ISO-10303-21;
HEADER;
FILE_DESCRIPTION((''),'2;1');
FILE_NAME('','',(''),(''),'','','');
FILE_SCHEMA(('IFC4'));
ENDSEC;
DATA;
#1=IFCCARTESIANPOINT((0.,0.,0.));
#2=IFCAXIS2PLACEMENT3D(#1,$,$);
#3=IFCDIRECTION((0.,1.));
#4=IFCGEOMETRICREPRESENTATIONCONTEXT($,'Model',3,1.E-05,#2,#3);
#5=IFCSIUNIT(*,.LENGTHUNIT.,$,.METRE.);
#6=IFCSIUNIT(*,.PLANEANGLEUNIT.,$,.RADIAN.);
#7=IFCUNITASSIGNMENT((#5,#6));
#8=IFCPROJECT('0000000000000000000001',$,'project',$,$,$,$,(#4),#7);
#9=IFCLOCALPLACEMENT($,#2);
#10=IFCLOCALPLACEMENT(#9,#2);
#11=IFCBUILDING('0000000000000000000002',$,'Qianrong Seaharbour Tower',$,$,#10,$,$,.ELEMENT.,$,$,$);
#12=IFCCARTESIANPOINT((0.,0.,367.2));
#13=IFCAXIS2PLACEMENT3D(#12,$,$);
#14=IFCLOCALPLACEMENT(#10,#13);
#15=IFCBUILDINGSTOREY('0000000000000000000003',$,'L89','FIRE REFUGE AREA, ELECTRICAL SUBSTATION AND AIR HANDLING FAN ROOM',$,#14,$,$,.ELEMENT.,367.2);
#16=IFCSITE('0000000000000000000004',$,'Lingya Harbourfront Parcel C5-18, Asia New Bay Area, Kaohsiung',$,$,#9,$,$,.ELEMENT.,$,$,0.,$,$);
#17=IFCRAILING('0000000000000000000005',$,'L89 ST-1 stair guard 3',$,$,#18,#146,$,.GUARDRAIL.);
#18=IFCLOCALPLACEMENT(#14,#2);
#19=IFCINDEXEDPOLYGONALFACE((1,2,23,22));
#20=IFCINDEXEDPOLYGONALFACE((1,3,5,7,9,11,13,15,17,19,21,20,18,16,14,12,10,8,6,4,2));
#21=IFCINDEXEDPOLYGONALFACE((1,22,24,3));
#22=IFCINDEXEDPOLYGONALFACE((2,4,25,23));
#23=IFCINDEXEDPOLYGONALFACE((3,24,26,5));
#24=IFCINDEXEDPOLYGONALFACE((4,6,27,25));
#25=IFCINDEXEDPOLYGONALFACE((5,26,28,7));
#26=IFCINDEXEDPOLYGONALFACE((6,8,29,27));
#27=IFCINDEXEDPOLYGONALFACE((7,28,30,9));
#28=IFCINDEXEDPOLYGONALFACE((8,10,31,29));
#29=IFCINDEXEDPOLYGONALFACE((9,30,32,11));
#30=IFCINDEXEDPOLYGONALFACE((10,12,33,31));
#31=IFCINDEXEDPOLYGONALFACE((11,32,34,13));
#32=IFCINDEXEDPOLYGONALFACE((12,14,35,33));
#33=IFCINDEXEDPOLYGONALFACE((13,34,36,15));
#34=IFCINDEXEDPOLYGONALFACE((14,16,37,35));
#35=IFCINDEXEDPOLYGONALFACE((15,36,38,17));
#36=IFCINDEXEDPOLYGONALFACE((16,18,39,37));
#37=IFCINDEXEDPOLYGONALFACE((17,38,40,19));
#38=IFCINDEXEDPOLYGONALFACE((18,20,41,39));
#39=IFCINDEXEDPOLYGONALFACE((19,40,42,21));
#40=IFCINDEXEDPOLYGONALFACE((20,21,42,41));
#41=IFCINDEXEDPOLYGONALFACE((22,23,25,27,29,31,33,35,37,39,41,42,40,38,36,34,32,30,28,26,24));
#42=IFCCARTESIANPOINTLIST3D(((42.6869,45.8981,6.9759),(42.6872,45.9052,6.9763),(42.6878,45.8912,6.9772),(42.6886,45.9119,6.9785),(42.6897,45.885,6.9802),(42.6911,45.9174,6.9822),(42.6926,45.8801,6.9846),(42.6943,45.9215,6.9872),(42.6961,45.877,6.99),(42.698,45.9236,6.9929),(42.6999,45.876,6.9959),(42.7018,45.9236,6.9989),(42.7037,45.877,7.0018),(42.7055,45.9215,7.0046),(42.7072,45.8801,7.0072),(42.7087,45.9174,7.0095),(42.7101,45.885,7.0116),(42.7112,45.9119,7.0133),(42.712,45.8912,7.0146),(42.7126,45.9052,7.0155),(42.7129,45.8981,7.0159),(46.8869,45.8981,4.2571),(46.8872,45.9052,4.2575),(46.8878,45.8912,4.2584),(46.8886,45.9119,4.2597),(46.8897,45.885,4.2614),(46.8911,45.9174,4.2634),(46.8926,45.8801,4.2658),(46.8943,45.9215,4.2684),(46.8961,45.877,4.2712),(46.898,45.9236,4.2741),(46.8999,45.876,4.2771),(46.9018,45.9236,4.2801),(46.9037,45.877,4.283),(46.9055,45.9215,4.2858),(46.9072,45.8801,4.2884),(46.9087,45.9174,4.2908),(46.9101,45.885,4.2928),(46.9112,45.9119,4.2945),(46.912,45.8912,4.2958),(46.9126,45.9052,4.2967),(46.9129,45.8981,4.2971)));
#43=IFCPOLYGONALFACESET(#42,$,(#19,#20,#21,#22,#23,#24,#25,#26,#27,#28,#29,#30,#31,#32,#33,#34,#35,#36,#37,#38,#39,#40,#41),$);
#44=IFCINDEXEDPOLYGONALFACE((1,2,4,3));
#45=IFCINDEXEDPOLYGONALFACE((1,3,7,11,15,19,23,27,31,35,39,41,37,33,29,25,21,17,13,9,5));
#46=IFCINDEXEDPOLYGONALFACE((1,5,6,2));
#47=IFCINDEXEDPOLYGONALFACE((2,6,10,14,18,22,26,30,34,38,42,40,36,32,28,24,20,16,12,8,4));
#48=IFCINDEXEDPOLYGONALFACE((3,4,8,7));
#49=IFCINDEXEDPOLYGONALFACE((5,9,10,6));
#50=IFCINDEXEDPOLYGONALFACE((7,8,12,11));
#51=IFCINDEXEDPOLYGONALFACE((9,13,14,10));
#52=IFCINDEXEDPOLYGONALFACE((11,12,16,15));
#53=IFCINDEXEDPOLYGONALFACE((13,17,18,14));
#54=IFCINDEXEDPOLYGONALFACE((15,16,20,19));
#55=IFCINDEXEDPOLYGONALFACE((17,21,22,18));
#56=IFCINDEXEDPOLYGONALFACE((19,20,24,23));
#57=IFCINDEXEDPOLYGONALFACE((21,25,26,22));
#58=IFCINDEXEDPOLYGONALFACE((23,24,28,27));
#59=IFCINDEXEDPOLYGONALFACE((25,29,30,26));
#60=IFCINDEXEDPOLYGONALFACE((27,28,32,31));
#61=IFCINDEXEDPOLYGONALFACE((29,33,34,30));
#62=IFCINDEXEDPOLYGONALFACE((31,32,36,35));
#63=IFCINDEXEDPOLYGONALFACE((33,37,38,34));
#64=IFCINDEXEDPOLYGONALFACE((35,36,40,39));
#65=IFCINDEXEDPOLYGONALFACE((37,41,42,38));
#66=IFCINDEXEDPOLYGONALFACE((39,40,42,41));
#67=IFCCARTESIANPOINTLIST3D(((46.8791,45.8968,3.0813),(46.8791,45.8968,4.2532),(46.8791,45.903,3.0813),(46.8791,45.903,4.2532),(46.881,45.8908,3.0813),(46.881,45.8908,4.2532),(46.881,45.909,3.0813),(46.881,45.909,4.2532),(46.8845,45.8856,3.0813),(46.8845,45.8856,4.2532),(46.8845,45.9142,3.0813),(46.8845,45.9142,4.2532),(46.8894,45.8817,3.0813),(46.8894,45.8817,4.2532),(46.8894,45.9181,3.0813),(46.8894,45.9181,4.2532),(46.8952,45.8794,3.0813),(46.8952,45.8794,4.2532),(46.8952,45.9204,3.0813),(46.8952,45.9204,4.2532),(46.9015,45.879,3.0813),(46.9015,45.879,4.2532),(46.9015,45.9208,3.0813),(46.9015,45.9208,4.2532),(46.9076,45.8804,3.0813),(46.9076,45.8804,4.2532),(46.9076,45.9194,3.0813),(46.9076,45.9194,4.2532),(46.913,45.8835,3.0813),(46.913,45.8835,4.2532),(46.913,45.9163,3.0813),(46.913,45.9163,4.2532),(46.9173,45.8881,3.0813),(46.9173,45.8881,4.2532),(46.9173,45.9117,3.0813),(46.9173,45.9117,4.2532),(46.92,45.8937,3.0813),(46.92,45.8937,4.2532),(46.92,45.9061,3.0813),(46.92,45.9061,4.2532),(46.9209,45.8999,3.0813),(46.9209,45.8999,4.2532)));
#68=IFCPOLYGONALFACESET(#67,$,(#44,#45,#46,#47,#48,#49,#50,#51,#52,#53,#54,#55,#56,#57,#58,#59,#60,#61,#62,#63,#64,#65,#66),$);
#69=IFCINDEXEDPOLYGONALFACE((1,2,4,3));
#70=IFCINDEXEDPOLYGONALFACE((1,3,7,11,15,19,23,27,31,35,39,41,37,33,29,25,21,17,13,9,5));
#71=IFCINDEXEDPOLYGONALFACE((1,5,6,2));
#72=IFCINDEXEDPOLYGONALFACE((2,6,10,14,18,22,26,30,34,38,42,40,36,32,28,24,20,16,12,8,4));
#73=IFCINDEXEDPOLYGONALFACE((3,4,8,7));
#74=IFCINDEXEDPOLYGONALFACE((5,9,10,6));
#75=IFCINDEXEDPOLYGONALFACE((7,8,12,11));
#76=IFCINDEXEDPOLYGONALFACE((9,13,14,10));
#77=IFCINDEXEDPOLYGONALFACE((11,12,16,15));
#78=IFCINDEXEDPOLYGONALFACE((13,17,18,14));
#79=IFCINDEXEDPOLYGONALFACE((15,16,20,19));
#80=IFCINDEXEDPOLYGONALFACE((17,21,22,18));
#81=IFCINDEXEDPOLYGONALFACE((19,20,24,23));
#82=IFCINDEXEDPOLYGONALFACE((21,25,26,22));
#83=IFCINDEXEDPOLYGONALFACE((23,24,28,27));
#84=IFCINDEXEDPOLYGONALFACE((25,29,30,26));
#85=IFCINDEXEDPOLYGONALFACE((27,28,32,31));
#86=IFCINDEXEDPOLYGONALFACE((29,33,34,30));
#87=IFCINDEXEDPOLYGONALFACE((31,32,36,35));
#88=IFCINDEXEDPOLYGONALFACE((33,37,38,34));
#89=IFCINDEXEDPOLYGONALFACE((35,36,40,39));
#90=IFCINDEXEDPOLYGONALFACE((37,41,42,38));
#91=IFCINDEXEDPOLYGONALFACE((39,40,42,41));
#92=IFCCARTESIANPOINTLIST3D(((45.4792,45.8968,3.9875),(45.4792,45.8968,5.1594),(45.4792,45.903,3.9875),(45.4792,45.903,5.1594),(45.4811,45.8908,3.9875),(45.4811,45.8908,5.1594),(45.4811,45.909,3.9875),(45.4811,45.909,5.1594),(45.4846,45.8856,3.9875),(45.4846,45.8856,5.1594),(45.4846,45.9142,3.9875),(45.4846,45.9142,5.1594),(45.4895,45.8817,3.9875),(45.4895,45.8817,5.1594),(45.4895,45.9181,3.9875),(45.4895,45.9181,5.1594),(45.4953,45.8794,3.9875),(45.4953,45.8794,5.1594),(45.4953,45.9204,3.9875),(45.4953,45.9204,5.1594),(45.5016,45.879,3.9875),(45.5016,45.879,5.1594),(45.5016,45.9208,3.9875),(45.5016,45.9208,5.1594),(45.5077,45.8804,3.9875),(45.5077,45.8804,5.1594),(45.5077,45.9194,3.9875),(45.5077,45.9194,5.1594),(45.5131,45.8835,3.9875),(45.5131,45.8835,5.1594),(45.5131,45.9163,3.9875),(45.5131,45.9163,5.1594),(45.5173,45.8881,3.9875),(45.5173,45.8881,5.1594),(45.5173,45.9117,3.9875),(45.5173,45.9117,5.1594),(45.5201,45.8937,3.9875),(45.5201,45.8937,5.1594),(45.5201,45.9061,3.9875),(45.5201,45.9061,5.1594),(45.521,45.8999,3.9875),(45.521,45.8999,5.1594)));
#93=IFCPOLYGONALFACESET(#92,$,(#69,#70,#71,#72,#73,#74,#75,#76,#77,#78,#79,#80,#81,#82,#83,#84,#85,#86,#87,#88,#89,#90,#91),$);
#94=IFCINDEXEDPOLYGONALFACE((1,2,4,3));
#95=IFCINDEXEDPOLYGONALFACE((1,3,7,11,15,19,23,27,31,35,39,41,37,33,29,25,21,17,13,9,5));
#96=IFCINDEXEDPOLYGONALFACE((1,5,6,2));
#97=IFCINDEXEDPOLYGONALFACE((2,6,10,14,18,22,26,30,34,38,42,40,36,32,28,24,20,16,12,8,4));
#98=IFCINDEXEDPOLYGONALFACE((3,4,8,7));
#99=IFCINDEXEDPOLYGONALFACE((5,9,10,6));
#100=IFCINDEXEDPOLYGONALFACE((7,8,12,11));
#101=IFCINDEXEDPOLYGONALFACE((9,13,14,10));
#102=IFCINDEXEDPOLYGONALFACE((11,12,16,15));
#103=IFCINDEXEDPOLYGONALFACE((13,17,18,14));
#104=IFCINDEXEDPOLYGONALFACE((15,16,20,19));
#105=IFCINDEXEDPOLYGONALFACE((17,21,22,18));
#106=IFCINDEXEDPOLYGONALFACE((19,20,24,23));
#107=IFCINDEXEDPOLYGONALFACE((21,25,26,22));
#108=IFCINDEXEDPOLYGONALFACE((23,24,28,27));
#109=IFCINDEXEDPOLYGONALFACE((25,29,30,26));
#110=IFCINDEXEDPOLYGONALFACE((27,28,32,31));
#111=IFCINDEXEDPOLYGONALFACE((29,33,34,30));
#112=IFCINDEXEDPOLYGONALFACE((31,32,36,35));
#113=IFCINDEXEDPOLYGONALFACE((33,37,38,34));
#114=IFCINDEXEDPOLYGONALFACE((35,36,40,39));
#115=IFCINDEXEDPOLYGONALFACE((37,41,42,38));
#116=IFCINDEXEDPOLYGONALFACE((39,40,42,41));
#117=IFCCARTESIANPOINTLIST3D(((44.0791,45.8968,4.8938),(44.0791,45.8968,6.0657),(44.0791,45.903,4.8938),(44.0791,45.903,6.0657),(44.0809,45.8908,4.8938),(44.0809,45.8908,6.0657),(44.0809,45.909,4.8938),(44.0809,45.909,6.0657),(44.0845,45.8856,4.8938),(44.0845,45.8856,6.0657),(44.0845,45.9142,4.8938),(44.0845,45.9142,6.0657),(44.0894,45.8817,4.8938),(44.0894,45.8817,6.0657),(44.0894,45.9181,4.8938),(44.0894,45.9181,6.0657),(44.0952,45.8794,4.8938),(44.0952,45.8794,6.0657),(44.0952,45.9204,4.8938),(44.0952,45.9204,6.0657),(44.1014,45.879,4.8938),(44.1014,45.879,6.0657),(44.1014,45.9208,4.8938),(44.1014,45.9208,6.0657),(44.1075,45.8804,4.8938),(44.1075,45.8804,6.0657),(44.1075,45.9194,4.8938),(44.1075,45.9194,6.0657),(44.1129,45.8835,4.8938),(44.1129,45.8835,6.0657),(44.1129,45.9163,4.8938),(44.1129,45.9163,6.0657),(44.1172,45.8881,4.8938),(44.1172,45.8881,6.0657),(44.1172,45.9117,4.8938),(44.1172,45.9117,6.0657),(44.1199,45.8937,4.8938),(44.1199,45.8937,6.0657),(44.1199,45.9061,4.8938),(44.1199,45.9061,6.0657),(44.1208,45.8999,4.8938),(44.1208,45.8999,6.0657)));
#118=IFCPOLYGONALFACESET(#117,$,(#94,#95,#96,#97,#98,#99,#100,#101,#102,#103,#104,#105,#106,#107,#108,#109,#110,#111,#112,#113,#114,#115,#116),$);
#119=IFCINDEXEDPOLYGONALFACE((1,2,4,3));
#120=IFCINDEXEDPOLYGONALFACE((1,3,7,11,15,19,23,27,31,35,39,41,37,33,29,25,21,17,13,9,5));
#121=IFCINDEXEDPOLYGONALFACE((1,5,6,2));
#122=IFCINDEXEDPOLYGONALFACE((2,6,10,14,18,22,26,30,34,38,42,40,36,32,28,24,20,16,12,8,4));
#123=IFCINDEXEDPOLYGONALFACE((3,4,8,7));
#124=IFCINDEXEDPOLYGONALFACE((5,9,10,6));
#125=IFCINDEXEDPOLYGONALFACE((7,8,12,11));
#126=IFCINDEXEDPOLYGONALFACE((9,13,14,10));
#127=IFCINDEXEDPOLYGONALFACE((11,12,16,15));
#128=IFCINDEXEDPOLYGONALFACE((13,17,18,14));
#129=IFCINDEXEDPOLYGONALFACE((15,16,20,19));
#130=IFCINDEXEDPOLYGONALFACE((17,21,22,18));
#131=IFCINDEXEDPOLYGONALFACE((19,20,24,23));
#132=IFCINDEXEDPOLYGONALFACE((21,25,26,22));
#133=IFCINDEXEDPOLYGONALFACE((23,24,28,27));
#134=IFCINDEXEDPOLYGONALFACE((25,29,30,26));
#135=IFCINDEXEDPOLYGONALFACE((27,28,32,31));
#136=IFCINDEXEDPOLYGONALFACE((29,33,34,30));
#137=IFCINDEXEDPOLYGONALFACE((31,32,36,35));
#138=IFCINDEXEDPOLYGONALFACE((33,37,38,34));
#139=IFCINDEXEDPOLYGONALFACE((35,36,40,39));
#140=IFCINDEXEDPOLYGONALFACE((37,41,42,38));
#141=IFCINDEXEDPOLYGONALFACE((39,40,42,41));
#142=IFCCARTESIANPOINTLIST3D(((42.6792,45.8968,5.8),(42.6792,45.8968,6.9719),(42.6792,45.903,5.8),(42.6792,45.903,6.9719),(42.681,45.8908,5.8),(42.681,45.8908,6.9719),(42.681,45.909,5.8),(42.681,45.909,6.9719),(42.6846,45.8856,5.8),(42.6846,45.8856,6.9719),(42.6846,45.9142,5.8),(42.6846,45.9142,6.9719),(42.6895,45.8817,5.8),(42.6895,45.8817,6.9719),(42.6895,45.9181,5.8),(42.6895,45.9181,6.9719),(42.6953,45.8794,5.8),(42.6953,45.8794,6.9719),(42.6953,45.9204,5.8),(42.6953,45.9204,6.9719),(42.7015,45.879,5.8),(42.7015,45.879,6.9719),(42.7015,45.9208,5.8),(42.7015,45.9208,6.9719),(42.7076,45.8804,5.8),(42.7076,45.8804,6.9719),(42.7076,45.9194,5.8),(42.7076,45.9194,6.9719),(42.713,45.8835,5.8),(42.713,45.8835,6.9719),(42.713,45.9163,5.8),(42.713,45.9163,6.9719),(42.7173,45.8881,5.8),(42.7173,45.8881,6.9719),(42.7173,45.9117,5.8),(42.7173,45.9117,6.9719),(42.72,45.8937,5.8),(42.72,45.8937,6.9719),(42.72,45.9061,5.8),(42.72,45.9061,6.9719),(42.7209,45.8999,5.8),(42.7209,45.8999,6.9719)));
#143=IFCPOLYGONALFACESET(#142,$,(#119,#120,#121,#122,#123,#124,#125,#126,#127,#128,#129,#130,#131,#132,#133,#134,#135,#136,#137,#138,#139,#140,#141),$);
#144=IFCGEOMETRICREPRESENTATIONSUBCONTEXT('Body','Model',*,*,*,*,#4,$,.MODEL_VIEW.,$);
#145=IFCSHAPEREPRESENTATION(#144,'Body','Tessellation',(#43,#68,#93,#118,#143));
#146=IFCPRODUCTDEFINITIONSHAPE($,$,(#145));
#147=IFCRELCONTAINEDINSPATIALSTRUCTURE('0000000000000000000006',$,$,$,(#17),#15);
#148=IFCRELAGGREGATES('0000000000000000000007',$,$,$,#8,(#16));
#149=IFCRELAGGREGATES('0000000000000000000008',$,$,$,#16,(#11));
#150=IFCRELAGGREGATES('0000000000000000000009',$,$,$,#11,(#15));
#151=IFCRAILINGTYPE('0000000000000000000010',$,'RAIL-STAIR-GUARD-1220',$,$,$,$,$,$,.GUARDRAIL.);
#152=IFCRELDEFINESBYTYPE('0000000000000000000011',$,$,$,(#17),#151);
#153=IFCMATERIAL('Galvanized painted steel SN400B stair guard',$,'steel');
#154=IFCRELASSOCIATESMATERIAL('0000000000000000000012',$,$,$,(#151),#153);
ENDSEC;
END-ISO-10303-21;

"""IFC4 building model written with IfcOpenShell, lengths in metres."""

from ifc_helpers import new_model, si_unit, direction, frame, origin, origin_2d, place, context, subcontext, project, spatial, circle, extrude, material, type_object, element, save


model = new_model("IFC4")

# Units and contexts
model_context = context("Model", 3, precision=1e-05, world=origin(), true_north=direction((0.0, 1.0)))
body_context = subcontext(model_context, "Body", "Model", "MODEL_VIEW")
ifc_project = project(units=[si_unit("LENGTHUNIT", "METRE"), si_unit("PLANEANGLEUNIT", "RADIAN")], contexts=[model_context])

# Site, building, storey
site_placement = place(None, origin())
site = spatial("IfcSite", under=ifc_project, at=site_placement, Name="Lingya Harbourfront Parcel C5-18, Asia New Bay Area, Kaohsiung", CompositionType="ELEMENT", RefElevation=0.0)
building_placement = place(site_placement, origin())
building = spatial("IfcBuilding", under=site, at=building_placement, Name="Qianrong Seaharbour Tower", CompositionType="ELEMENT")
storey_placement = place(building_placement, frame((0.0, 0.0, 367.2)))
storey = spatial("IfcBuildingStorey", under=building, at=storey_placement, Name="L89", Description="FIRE REFUGE AREA, ELECTRICAL SUBSTATION AND AIR HANDLING FAN ROOM", CompositionType="ELEMENT", Elevation=367.2)

# Railing
ifc_material_1 = material(Name="Galvanized painted steel SN400B stair guard", Category="steel")
railing_type_1 = type_object("IfcRailingType", Name="RAIL-STAIR-GUARD-1220", PredefinedType="GUARDRAIL", material=ifc_material_1)
railing_1_placement = place(storey_placement, frame((46.8999, 45.8999, 3.0813)))
element("IfcRailing", 1, at=railing_1_placement, inside=storey, type_object=railing_type_1, Name="L89 ST-1 stair guard 3", PredefinedType="GUARDRAIL", context=body_context, shape_type="SweptSolid", body=[
    extrude(circle(Radius=0.0239, at=origin_2d()), frame((0.0, 0.0, 1.1958), z_axis=(-0.839467, 0.0, 0.543411), x_axis=(0.0, -1.0, 0.0)), (0.0, 0.0, 1.0), 5.0032),
    extrude(circle(Radius=0.021, at=origin_2d()), origin(), (0.0, 0.0, 1.0), 1.1719),
    extrude(circle(Radius=0.021, at=origin_2d()), frame((-1.3999, 0.0, 0.9062)), (0.0, 0.0, 1.0), 1.1719),
    extrude(circle(Radius=0.021, at=origin_2d()), frame((-2.8, 0.0, 1.8125)), (0.0, 0.0, 1.0), 1.1719),
    extrude(circle(Radius=0.021, at=origin_2d()), frame((-4.2, 0.0, 2.7188)), (0.0, 0.0, 1.0), 1.1719),
])

save(model, "model.ifc")
